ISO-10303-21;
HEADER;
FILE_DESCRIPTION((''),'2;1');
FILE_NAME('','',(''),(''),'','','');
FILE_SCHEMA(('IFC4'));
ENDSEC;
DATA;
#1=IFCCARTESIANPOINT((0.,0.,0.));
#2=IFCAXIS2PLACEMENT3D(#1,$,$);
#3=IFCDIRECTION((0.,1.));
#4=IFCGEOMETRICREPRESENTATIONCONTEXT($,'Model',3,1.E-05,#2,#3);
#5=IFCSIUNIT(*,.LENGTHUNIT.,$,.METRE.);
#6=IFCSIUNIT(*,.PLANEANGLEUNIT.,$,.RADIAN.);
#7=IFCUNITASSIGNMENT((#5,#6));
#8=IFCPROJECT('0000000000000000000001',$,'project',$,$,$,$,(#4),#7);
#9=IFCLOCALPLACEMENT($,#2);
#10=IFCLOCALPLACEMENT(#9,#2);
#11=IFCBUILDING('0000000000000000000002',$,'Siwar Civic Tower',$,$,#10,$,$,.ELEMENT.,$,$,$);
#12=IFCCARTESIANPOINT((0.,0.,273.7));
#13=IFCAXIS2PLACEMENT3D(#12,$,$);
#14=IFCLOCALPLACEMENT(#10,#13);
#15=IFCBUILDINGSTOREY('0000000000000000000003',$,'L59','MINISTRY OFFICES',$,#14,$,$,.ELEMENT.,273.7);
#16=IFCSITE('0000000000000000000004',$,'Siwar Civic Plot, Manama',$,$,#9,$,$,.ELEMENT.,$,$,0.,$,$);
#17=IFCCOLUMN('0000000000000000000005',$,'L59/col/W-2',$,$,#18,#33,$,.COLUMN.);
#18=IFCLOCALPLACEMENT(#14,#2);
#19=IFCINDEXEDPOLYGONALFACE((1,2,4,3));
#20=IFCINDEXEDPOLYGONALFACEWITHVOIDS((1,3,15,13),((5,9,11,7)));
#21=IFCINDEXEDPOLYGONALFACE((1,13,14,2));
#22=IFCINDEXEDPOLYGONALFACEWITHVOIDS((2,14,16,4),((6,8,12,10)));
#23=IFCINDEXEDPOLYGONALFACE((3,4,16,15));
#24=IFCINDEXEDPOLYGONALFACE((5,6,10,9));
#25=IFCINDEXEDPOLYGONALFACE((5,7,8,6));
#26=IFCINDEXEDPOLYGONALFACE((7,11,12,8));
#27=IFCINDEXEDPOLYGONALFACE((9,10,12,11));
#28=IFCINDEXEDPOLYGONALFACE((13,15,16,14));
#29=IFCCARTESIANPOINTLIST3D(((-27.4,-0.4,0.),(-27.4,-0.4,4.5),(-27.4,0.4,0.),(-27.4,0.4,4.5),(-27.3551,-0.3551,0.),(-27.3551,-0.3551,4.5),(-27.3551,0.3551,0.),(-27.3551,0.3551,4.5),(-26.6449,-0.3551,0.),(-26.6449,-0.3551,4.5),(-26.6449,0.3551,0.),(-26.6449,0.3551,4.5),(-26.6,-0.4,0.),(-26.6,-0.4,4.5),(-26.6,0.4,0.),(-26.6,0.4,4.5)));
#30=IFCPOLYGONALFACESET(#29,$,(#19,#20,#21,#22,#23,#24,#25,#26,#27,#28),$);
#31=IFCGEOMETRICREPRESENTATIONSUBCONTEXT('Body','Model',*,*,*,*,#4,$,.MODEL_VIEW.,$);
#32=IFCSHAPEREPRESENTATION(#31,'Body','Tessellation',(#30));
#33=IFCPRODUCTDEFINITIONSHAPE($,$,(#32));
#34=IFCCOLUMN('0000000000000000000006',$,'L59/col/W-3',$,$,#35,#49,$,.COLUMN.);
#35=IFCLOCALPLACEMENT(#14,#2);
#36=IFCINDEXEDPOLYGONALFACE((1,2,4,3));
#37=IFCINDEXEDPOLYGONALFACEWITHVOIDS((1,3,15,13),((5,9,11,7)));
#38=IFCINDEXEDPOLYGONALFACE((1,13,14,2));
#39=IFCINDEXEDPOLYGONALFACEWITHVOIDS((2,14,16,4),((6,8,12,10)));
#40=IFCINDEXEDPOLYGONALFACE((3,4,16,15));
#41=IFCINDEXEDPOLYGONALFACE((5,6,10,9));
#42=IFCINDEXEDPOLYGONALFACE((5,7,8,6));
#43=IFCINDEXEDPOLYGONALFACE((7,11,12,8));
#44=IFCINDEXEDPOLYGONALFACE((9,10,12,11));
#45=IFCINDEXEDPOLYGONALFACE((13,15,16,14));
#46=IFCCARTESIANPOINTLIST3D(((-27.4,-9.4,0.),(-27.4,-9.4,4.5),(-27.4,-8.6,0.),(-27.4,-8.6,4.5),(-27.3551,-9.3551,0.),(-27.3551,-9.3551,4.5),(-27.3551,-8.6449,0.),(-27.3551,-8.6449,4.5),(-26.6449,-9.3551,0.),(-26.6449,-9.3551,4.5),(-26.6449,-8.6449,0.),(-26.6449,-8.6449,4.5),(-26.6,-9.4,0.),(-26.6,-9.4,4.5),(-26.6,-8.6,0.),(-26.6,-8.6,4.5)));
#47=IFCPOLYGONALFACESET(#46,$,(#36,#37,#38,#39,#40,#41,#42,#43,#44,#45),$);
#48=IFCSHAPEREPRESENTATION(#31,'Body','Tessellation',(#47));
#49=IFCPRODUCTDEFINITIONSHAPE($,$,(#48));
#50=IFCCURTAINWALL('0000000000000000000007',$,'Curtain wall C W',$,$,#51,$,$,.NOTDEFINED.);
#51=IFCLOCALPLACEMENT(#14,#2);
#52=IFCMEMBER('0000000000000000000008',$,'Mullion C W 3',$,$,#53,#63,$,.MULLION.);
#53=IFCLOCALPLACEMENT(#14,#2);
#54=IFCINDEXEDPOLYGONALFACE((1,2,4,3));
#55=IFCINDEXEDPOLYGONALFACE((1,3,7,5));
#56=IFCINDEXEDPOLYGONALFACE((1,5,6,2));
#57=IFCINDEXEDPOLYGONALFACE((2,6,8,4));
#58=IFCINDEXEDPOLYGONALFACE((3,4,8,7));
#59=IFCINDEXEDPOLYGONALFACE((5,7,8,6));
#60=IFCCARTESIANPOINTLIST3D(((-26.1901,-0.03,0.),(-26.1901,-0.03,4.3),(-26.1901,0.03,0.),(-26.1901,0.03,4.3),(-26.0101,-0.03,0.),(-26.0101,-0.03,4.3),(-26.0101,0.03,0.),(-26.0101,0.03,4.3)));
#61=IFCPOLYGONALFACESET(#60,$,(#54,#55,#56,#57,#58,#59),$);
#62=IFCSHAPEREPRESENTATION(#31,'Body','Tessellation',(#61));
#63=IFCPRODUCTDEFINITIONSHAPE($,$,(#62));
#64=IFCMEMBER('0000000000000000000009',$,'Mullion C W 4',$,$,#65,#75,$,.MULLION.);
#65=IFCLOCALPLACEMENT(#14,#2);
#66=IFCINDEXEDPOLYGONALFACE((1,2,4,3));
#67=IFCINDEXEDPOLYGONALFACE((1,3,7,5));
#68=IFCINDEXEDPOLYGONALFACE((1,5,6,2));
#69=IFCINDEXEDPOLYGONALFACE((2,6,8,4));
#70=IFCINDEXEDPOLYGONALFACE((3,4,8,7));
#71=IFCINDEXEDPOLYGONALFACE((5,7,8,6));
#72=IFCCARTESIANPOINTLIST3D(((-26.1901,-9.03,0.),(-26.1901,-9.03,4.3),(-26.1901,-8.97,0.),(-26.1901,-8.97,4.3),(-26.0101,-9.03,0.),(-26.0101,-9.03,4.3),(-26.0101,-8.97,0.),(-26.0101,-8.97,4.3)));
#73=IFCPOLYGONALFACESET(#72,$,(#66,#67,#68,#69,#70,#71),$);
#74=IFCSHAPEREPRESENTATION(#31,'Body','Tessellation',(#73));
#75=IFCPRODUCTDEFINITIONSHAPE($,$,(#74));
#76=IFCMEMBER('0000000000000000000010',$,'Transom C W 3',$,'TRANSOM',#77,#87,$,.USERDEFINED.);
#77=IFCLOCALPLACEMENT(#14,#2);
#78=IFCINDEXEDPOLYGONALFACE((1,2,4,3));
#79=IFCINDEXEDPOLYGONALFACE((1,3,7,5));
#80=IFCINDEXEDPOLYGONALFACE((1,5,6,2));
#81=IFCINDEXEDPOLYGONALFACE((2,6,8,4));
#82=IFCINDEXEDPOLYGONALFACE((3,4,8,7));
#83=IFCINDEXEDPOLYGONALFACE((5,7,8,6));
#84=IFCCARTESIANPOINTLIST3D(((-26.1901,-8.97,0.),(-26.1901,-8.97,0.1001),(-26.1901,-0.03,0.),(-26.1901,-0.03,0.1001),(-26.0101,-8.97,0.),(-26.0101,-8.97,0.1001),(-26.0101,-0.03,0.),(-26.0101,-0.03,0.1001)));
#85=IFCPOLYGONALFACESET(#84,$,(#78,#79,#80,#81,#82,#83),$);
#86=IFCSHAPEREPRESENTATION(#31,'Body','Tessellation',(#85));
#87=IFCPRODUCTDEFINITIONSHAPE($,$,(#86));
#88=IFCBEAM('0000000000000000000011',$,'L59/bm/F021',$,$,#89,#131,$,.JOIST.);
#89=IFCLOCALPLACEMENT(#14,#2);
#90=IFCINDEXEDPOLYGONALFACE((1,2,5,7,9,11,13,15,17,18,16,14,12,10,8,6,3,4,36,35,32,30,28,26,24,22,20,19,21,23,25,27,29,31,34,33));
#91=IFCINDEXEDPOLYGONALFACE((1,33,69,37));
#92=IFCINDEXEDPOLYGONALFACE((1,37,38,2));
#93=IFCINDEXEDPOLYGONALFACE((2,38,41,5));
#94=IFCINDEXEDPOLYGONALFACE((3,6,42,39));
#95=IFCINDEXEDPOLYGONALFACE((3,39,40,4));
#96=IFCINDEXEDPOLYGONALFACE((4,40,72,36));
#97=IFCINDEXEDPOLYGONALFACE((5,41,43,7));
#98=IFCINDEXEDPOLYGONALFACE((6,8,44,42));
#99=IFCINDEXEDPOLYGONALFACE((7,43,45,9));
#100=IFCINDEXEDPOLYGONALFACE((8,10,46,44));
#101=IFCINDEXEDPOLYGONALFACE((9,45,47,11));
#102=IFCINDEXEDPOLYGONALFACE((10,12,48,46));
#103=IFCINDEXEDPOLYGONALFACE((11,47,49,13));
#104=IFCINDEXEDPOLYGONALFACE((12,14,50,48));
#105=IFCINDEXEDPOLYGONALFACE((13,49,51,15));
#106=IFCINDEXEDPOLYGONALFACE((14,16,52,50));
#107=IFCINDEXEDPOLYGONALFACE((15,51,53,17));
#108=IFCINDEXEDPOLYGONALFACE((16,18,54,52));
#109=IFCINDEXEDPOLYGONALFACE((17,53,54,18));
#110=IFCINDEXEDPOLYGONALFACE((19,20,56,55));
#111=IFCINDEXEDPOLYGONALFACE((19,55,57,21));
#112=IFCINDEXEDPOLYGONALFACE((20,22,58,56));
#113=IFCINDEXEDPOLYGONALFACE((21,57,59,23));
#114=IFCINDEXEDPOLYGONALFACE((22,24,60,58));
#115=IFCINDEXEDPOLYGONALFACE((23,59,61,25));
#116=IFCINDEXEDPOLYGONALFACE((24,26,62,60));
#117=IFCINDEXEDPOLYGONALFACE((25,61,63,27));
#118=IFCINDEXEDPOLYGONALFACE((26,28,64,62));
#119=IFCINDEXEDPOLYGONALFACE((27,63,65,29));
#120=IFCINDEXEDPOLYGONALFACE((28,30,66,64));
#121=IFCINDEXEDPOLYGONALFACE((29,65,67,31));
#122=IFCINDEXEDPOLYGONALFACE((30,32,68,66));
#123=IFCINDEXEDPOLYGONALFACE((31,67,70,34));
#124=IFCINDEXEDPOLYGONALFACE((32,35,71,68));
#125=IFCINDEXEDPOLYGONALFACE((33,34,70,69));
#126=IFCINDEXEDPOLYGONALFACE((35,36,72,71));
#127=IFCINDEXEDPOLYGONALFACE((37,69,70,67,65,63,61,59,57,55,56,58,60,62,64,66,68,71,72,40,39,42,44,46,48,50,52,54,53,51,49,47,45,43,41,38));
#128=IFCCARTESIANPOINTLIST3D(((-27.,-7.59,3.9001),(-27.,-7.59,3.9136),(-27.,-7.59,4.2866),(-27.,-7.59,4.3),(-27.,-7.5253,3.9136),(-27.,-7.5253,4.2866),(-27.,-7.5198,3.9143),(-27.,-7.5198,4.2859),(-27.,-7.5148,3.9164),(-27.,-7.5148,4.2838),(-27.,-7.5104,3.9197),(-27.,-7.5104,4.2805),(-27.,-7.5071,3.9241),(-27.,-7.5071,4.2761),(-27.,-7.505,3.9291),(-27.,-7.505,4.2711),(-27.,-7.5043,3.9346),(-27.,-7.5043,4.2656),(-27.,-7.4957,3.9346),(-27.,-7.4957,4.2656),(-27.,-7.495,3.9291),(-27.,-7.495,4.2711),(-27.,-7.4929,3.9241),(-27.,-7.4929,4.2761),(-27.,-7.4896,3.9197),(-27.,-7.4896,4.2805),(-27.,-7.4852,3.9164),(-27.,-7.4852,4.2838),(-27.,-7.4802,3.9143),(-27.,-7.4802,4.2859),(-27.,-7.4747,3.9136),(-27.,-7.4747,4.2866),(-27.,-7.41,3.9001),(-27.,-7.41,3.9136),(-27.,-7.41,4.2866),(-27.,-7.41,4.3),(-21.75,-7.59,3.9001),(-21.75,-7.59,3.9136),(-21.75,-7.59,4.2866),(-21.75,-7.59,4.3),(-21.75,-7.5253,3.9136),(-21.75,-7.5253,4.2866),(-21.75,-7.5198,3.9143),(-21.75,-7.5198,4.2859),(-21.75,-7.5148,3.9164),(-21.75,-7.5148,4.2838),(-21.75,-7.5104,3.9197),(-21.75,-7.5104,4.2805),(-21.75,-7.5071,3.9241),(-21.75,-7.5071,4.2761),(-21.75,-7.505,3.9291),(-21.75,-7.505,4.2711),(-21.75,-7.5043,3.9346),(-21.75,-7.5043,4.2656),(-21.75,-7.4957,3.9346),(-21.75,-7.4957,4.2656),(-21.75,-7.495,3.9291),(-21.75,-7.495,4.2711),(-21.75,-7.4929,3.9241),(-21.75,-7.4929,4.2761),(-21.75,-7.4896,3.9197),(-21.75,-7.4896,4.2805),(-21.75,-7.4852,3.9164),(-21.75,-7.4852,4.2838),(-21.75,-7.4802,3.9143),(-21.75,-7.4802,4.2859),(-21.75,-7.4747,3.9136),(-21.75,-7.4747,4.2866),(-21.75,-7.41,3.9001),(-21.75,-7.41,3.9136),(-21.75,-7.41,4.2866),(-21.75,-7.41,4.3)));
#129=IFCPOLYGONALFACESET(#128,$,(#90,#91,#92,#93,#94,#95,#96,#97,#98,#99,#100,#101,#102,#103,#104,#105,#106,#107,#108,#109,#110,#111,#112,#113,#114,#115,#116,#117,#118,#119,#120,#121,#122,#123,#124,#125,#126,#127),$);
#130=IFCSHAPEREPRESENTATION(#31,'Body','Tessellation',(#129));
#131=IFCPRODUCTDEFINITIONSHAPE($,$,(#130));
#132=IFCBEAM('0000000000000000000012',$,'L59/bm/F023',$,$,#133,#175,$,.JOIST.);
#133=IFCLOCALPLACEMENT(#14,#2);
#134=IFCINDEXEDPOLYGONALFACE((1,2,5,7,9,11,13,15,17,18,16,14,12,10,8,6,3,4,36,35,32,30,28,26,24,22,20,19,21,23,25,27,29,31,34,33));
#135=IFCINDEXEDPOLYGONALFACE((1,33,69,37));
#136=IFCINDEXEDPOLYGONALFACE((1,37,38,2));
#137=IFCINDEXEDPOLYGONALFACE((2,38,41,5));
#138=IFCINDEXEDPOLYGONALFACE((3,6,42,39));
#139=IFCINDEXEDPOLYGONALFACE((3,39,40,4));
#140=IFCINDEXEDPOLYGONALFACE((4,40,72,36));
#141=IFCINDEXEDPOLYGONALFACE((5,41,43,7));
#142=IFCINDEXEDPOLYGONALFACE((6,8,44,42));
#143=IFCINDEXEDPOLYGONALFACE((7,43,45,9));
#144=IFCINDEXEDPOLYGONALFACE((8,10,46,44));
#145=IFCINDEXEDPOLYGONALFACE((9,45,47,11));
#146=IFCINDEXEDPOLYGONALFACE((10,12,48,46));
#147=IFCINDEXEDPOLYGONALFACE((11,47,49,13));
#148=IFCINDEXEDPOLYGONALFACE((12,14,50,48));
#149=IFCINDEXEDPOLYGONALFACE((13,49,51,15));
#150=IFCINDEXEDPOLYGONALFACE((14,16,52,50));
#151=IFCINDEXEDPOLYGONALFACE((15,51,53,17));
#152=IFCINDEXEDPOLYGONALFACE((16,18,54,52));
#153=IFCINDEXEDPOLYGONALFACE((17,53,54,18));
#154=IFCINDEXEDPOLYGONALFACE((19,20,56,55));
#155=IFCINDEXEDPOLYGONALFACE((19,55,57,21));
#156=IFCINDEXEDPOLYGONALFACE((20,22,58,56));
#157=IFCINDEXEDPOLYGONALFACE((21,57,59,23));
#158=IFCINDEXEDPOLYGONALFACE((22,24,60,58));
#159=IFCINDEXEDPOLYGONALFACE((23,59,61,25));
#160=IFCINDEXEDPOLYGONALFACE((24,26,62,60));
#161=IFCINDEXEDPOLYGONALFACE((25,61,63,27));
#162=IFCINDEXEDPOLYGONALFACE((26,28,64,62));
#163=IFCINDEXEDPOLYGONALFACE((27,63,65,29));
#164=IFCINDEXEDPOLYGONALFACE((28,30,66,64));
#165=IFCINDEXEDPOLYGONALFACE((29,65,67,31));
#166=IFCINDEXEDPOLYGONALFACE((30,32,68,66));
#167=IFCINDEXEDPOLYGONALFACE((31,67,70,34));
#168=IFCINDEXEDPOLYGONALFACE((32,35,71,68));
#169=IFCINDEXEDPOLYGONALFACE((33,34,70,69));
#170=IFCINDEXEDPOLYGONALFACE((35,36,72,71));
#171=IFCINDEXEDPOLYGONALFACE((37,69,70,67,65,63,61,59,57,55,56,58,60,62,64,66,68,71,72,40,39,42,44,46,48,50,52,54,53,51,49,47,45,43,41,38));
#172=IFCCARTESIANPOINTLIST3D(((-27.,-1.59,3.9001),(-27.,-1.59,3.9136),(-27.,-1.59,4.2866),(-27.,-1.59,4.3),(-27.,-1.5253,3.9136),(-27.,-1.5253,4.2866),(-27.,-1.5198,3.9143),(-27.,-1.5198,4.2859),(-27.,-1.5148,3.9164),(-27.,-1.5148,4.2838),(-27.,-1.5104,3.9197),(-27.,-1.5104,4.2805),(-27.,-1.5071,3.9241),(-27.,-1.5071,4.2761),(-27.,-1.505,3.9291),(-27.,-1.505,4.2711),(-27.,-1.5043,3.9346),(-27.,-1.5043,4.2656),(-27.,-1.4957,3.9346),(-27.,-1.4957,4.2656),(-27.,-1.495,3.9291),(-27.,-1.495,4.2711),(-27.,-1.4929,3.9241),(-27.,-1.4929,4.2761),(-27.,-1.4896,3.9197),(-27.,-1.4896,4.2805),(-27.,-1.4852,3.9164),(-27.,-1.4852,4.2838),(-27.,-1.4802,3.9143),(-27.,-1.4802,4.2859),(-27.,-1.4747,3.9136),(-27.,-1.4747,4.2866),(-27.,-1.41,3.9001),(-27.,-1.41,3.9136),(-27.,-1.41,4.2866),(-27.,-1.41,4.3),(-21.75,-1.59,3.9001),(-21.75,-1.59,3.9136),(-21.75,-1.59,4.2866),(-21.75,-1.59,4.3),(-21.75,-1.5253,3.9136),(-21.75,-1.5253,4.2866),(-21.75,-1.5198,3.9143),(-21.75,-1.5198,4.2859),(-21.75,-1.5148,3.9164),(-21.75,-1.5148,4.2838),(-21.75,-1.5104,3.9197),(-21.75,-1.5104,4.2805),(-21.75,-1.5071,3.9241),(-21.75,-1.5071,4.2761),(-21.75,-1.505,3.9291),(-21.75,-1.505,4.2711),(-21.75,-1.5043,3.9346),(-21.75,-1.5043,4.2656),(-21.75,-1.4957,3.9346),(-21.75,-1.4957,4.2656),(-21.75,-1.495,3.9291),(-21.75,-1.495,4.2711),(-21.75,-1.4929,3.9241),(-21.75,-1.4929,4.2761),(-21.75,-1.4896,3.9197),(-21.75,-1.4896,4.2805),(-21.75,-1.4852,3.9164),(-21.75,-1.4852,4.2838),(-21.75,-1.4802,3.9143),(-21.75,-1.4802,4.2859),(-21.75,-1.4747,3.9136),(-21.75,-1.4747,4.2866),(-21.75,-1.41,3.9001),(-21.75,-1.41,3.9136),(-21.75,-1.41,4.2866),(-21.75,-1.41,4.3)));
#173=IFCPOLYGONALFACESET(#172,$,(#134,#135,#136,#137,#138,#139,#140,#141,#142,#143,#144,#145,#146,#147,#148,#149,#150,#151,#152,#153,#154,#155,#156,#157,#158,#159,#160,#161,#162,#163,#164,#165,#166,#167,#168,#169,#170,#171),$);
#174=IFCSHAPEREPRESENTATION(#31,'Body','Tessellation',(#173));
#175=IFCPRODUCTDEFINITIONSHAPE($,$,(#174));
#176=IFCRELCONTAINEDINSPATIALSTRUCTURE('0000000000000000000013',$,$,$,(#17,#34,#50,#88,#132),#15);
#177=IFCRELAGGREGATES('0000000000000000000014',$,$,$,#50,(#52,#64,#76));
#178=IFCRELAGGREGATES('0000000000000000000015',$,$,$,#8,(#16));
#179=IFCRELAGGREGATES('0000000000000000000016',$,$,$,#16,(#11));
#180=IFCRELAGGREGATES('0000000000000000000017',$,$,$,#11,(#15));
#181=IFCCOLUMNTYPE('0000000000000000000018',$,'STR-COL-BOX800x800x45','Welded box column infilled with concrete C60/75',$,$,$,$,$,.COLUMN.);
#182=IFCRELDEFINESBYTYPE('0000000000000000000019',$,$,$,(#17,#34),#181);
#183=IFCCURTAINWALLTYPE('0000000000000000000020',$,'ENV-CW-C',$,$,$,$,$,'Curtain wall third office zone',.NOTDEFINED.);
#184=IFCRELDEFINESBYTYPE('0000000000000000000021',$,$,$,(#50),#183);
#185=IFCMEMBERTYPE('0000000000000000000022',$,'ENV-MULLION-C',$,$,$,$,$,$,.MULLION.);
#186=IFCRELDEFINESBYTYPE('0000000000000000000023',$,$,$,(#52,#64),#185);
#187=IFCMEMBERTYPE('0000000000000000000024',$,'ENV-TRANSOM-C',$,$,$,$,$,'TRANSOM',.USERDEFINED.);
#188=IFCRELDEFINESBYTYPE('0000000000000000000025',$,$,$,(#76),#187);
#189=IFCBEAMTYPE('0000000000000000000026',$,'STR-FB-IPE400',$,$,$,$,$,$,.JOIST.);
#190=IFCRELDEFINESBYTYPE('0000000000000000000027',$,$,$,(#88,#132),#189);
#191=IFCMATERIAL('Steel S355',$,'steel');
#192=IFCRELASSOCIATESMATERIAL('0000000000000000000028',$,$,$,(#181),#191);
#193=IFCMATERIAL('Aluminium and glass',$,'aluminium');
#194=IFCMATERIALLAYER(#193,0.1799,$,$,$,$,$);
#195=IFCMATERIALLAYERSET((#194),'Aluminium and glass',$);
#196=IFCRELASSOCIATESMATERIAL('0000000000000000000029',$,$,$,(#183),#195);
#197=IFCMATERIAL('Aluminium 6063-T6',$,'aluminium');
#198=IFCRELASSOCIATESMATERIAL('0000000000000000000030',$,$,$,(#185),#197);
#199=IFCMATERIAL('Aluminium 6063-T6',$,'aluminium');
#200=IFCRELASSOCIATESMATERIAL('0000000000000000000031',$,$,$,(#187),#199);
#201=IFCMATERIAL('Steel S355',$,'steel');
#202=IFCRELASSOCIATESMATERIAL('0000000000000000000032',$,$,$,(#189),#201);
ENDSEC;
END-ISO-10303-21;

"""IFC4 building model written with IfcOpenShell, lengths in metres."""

from ifc_helpers import new_model, si_unit, direction, frame, origin, origin_2d, place, context, subcontext, project, spatial, rectangle, hollow_rectangle, i_section, extrude, material, layer, layer_set, material_profile, profile_set, type_object, element, aggregate, save


model = new_model("IFC4")

# Units and contexts
model_context = context("Model", 3, precision=1e-05, world=origin(), true_north=direction((0.0, 1.0)))
body_context = subcontext(model_context, "Body", "Model", "MODEL_VIEW")
ifc_project = project(units=[si_unit("LENGTHUNIT", "METRE"), si_unit("PLANEANGLEUNIT", "RADIAN")], contexts=[model_context])

# Site, building, storey
site_placement = place(None, origin())
site = spatial("IfcSite", under=ifc_project, at=site_placement, Name="Siwar Civic Plot, Manama", CompositionType="ELEMENT", RefElevation=0.0)
building_placement = place(site_placement, origin())
building = spatial("IfcBuilding", under=site, at=building_placement, Name="Siwar Civic Tower", CompositionType="ELEMENT")
storey_placement = place(building_placement, frame((0.0, 0.0, 273.7)))
storey = spatial("IfcBuildingStorey", under=building, at=storey_placement, Name="L59", Description="MINISTRY OFFICES", CompositionType="ELEMENT", Elevation=273.7)

# Columns
ifc_material_1 = material(Name="Steel S355", Category="steel")
ifc_material_profile_1 = material_profile(ifc_material_1, hollow_rectangle(XDim=0.8, YDim=0.8, WallThickness=0.0449, at=origin_2d()), Name="BOX800x800x45")
ifc_profile_set_1 = profile_set([ifc_material_profile_1], Name="Steel S355")
column_type = type_object("IfcColumnType", Name="STR-COL-BOX800x800x45", Description="Welded box column infilled with concrete C60/75", PredefinedType="COLUMN", material=ifc_profile_set_1)
for number, where, z_axis, x_axis, name in (
    (1, (-27.0, 0.0, 0.0), (0.0, 0.0, 1.0), (1.0, 0.0, 0.0), "L59/col/W-2"),
    (2, (-27.0, -9.0, 0.0), (0.0, 0.0, 1.0), (1.0, 0.0, 0.0), "L59/col/W-3"),
):
    element("IfcColumn", number, at=place(storey_placement, frame(where, z_axis=z_axis, x_axis=x_axis)), inside=storey, type_object=column_type, Name=name, PredefinedType="COLUMN", context=body_context, shape_type="SweptSolid", body=[
        extrude(hollow_rectangle(XDim=0.8, YDim=0.8, WallThickness=0.0449, at=origin_2d()), origin(), (0.0, 0.0, 1.0), 4.5),
    ])

# Curtain wall, members
ifc_material_2 = material(Name="Aluminium and glass", Category="aluminium")
ifc_layer_1 = layer(ifc_material_2, 0.1799)
ifc_layer_set_1 = layer_set([ifc_layer_1], Name="Aluminium and glass")
curtain_wall_type = type_object("IfcCurtainWallType", Name="ENV-CW-C", ElementType="Curtain wall third office zone", PredefinedType="NOTDEFINED", material=ifc_layer_set_1)
curtain_wall_placement = place(storey_placement, origin())
curtain_wall = element("IfcCurtainWall", 3, at=curtain_wall_placement, inside=storey, type_object=curtain_wall_type, Name="Curtain wall C W", PredefinedType="NOTDEFINED")
ifc_material_3 = material(Name="Aluminium 6063-T6", Category="aluminium")
ifc_material_profile_2 = material_profile(ifc_material_3, rectangle(XDim=0.1799, YDim=0.0601, at=origin_2d()), Name="AL 180x60")
ifc_profile_set_2 = profile_set([ifc_material_profile_2], Name="Aluminium 6063-T6")
member_type_1 = type_object("IfcMemberType", Name="ENV-MULLION-C", PredefinedType="MULLION", material=ifc_profile_set_2)
member_1_placement = place(storey_placement, frame((-26.1001, 0.0, 0.0), z_axis=(0.0, 0.0, 1.0), x_axis=(1.0, 0.0, 0.0)))
member_1 = element("IfcMember", 4, at=member_1_placement, type_object=member_type_1, Name="Mullion C W 3", PredefinedType="MULLION", context=body_context, shape_type="SweptSolid", body=[
    extrude(rectangle(XDim=0.1799, YDim=0.0601, at=origin_2d()), origin(), (0.0, 0.0, 1.0), 4.3),
])
member_2_placement = place(storey_placement, frame((-26.1001, -9.0, 0.0), z_axis=(0.0, 0.0, 1.0), x_axis=(1.0, 0.0, 0.0)))
member_2 = element("IfcMember", 5, at=member_2_placement, type_object=member_type_1, Name="Mullion C W 4", PredefinedType="MULLION", context=body_context, shape_type="SweptSolid", body=[
    extrude(rectangle(XDim=0.1799, YDim=0.0601, at=origin_2d()), origin(), (0.0, 0.0, 1.0), 4.3),
])
ifc_material_4 = material(Name="Aluminium 6063-T6", Category="aluminium")
ifc_material_profile_3 = material_profile(ifc_material_4, rectangle(XDim=0.1799, YDim=0.1001, at=origin_2d()), Name="AL 180x100")
ifc_profile_set_3 = profile_set([ifc_material_profile_3], Name="Aluminium 6063-T6")
member_type_2 = type_object("IfcMemberType", Name="ENV-TRANSOM-C", ElementType="TRANSOM", PredefinedType="USERDEFINED", material=ifc_profile_set_3)
member_3_placement = place(storey_placement, frame((-26.1001, -0.03, 0.05), z_axis=(0.0, -1.0, 0.0), x_axis=(1.0, 0.0, 0.0)))
member_3 = element("IfcMember", 6, at=member_3_placement, type_object=member_type_2, Name="Transom C W 3", ObjectType="TRANSOM", PredefinedType="USERDEFINED", context=body_context, shape_type="SweptSolid", body=[
    extrude(rectangle(XDim=0.1799, YDim=0.1001, at=origin_2d()), origin(), (0.0, 0.0, 1.0), 8.9399),
])

# Beams
ifc_material_5 = material(Name="Steel S355", Category="steel")
ifc_material_profile_4 = material_profile(ifc_material_5, i_section(OverallWidth=0.1799, OverallDepth=0.3999, WebThickness=0.0085, FlangeThickness=0.0134, FilletRadius=0.021, at=origin_2d()), Name="IPE400")
ifc_profile_set_4 = profile_set([ifc_material_profile_4], Name="Steel S355")
beam_type_1 = type_object("IfcBeamType", Name="STR-FB-IPE400", PredefinedType="JOIST", material=ifc_profile_set_4)
for number, where, z_axis, x_axis, name in (
    (7, (-27.0, -7.5, 4.1001), (1.0, 0.0, 0.0), (0.0, 1.0, 0.0), "L59/bm/F021"),
    (8, (-27.0, -1.5, 4.1001), (1.0, 0.0, 0.0), (0.0, 1.0, 0.0), "L59/bm/F023"),
):
    element("IfcBeam", number, at=place(storey_placement, frame(where, z_axis=z_axis, x_axis=x_axis)), inside=storey, type_object=beam_type_1, Name=name, PredefinedType="JOIST", context=body_context, shape_type="SweptSolid", body=[
        extrude(i_section(OverallWidth=0.1799, OverallDepth=0.3999, WebThickness=0.0085, FlangeThickness=0.0134, FilletRadius=0.021, at=origin_2d()), origin(), (0.0, 0.0, 1.0), 5.25),
    ])

aggregate(curtain_wall, [member_1, member_2, member_3])

save(model, "model.ifc")
